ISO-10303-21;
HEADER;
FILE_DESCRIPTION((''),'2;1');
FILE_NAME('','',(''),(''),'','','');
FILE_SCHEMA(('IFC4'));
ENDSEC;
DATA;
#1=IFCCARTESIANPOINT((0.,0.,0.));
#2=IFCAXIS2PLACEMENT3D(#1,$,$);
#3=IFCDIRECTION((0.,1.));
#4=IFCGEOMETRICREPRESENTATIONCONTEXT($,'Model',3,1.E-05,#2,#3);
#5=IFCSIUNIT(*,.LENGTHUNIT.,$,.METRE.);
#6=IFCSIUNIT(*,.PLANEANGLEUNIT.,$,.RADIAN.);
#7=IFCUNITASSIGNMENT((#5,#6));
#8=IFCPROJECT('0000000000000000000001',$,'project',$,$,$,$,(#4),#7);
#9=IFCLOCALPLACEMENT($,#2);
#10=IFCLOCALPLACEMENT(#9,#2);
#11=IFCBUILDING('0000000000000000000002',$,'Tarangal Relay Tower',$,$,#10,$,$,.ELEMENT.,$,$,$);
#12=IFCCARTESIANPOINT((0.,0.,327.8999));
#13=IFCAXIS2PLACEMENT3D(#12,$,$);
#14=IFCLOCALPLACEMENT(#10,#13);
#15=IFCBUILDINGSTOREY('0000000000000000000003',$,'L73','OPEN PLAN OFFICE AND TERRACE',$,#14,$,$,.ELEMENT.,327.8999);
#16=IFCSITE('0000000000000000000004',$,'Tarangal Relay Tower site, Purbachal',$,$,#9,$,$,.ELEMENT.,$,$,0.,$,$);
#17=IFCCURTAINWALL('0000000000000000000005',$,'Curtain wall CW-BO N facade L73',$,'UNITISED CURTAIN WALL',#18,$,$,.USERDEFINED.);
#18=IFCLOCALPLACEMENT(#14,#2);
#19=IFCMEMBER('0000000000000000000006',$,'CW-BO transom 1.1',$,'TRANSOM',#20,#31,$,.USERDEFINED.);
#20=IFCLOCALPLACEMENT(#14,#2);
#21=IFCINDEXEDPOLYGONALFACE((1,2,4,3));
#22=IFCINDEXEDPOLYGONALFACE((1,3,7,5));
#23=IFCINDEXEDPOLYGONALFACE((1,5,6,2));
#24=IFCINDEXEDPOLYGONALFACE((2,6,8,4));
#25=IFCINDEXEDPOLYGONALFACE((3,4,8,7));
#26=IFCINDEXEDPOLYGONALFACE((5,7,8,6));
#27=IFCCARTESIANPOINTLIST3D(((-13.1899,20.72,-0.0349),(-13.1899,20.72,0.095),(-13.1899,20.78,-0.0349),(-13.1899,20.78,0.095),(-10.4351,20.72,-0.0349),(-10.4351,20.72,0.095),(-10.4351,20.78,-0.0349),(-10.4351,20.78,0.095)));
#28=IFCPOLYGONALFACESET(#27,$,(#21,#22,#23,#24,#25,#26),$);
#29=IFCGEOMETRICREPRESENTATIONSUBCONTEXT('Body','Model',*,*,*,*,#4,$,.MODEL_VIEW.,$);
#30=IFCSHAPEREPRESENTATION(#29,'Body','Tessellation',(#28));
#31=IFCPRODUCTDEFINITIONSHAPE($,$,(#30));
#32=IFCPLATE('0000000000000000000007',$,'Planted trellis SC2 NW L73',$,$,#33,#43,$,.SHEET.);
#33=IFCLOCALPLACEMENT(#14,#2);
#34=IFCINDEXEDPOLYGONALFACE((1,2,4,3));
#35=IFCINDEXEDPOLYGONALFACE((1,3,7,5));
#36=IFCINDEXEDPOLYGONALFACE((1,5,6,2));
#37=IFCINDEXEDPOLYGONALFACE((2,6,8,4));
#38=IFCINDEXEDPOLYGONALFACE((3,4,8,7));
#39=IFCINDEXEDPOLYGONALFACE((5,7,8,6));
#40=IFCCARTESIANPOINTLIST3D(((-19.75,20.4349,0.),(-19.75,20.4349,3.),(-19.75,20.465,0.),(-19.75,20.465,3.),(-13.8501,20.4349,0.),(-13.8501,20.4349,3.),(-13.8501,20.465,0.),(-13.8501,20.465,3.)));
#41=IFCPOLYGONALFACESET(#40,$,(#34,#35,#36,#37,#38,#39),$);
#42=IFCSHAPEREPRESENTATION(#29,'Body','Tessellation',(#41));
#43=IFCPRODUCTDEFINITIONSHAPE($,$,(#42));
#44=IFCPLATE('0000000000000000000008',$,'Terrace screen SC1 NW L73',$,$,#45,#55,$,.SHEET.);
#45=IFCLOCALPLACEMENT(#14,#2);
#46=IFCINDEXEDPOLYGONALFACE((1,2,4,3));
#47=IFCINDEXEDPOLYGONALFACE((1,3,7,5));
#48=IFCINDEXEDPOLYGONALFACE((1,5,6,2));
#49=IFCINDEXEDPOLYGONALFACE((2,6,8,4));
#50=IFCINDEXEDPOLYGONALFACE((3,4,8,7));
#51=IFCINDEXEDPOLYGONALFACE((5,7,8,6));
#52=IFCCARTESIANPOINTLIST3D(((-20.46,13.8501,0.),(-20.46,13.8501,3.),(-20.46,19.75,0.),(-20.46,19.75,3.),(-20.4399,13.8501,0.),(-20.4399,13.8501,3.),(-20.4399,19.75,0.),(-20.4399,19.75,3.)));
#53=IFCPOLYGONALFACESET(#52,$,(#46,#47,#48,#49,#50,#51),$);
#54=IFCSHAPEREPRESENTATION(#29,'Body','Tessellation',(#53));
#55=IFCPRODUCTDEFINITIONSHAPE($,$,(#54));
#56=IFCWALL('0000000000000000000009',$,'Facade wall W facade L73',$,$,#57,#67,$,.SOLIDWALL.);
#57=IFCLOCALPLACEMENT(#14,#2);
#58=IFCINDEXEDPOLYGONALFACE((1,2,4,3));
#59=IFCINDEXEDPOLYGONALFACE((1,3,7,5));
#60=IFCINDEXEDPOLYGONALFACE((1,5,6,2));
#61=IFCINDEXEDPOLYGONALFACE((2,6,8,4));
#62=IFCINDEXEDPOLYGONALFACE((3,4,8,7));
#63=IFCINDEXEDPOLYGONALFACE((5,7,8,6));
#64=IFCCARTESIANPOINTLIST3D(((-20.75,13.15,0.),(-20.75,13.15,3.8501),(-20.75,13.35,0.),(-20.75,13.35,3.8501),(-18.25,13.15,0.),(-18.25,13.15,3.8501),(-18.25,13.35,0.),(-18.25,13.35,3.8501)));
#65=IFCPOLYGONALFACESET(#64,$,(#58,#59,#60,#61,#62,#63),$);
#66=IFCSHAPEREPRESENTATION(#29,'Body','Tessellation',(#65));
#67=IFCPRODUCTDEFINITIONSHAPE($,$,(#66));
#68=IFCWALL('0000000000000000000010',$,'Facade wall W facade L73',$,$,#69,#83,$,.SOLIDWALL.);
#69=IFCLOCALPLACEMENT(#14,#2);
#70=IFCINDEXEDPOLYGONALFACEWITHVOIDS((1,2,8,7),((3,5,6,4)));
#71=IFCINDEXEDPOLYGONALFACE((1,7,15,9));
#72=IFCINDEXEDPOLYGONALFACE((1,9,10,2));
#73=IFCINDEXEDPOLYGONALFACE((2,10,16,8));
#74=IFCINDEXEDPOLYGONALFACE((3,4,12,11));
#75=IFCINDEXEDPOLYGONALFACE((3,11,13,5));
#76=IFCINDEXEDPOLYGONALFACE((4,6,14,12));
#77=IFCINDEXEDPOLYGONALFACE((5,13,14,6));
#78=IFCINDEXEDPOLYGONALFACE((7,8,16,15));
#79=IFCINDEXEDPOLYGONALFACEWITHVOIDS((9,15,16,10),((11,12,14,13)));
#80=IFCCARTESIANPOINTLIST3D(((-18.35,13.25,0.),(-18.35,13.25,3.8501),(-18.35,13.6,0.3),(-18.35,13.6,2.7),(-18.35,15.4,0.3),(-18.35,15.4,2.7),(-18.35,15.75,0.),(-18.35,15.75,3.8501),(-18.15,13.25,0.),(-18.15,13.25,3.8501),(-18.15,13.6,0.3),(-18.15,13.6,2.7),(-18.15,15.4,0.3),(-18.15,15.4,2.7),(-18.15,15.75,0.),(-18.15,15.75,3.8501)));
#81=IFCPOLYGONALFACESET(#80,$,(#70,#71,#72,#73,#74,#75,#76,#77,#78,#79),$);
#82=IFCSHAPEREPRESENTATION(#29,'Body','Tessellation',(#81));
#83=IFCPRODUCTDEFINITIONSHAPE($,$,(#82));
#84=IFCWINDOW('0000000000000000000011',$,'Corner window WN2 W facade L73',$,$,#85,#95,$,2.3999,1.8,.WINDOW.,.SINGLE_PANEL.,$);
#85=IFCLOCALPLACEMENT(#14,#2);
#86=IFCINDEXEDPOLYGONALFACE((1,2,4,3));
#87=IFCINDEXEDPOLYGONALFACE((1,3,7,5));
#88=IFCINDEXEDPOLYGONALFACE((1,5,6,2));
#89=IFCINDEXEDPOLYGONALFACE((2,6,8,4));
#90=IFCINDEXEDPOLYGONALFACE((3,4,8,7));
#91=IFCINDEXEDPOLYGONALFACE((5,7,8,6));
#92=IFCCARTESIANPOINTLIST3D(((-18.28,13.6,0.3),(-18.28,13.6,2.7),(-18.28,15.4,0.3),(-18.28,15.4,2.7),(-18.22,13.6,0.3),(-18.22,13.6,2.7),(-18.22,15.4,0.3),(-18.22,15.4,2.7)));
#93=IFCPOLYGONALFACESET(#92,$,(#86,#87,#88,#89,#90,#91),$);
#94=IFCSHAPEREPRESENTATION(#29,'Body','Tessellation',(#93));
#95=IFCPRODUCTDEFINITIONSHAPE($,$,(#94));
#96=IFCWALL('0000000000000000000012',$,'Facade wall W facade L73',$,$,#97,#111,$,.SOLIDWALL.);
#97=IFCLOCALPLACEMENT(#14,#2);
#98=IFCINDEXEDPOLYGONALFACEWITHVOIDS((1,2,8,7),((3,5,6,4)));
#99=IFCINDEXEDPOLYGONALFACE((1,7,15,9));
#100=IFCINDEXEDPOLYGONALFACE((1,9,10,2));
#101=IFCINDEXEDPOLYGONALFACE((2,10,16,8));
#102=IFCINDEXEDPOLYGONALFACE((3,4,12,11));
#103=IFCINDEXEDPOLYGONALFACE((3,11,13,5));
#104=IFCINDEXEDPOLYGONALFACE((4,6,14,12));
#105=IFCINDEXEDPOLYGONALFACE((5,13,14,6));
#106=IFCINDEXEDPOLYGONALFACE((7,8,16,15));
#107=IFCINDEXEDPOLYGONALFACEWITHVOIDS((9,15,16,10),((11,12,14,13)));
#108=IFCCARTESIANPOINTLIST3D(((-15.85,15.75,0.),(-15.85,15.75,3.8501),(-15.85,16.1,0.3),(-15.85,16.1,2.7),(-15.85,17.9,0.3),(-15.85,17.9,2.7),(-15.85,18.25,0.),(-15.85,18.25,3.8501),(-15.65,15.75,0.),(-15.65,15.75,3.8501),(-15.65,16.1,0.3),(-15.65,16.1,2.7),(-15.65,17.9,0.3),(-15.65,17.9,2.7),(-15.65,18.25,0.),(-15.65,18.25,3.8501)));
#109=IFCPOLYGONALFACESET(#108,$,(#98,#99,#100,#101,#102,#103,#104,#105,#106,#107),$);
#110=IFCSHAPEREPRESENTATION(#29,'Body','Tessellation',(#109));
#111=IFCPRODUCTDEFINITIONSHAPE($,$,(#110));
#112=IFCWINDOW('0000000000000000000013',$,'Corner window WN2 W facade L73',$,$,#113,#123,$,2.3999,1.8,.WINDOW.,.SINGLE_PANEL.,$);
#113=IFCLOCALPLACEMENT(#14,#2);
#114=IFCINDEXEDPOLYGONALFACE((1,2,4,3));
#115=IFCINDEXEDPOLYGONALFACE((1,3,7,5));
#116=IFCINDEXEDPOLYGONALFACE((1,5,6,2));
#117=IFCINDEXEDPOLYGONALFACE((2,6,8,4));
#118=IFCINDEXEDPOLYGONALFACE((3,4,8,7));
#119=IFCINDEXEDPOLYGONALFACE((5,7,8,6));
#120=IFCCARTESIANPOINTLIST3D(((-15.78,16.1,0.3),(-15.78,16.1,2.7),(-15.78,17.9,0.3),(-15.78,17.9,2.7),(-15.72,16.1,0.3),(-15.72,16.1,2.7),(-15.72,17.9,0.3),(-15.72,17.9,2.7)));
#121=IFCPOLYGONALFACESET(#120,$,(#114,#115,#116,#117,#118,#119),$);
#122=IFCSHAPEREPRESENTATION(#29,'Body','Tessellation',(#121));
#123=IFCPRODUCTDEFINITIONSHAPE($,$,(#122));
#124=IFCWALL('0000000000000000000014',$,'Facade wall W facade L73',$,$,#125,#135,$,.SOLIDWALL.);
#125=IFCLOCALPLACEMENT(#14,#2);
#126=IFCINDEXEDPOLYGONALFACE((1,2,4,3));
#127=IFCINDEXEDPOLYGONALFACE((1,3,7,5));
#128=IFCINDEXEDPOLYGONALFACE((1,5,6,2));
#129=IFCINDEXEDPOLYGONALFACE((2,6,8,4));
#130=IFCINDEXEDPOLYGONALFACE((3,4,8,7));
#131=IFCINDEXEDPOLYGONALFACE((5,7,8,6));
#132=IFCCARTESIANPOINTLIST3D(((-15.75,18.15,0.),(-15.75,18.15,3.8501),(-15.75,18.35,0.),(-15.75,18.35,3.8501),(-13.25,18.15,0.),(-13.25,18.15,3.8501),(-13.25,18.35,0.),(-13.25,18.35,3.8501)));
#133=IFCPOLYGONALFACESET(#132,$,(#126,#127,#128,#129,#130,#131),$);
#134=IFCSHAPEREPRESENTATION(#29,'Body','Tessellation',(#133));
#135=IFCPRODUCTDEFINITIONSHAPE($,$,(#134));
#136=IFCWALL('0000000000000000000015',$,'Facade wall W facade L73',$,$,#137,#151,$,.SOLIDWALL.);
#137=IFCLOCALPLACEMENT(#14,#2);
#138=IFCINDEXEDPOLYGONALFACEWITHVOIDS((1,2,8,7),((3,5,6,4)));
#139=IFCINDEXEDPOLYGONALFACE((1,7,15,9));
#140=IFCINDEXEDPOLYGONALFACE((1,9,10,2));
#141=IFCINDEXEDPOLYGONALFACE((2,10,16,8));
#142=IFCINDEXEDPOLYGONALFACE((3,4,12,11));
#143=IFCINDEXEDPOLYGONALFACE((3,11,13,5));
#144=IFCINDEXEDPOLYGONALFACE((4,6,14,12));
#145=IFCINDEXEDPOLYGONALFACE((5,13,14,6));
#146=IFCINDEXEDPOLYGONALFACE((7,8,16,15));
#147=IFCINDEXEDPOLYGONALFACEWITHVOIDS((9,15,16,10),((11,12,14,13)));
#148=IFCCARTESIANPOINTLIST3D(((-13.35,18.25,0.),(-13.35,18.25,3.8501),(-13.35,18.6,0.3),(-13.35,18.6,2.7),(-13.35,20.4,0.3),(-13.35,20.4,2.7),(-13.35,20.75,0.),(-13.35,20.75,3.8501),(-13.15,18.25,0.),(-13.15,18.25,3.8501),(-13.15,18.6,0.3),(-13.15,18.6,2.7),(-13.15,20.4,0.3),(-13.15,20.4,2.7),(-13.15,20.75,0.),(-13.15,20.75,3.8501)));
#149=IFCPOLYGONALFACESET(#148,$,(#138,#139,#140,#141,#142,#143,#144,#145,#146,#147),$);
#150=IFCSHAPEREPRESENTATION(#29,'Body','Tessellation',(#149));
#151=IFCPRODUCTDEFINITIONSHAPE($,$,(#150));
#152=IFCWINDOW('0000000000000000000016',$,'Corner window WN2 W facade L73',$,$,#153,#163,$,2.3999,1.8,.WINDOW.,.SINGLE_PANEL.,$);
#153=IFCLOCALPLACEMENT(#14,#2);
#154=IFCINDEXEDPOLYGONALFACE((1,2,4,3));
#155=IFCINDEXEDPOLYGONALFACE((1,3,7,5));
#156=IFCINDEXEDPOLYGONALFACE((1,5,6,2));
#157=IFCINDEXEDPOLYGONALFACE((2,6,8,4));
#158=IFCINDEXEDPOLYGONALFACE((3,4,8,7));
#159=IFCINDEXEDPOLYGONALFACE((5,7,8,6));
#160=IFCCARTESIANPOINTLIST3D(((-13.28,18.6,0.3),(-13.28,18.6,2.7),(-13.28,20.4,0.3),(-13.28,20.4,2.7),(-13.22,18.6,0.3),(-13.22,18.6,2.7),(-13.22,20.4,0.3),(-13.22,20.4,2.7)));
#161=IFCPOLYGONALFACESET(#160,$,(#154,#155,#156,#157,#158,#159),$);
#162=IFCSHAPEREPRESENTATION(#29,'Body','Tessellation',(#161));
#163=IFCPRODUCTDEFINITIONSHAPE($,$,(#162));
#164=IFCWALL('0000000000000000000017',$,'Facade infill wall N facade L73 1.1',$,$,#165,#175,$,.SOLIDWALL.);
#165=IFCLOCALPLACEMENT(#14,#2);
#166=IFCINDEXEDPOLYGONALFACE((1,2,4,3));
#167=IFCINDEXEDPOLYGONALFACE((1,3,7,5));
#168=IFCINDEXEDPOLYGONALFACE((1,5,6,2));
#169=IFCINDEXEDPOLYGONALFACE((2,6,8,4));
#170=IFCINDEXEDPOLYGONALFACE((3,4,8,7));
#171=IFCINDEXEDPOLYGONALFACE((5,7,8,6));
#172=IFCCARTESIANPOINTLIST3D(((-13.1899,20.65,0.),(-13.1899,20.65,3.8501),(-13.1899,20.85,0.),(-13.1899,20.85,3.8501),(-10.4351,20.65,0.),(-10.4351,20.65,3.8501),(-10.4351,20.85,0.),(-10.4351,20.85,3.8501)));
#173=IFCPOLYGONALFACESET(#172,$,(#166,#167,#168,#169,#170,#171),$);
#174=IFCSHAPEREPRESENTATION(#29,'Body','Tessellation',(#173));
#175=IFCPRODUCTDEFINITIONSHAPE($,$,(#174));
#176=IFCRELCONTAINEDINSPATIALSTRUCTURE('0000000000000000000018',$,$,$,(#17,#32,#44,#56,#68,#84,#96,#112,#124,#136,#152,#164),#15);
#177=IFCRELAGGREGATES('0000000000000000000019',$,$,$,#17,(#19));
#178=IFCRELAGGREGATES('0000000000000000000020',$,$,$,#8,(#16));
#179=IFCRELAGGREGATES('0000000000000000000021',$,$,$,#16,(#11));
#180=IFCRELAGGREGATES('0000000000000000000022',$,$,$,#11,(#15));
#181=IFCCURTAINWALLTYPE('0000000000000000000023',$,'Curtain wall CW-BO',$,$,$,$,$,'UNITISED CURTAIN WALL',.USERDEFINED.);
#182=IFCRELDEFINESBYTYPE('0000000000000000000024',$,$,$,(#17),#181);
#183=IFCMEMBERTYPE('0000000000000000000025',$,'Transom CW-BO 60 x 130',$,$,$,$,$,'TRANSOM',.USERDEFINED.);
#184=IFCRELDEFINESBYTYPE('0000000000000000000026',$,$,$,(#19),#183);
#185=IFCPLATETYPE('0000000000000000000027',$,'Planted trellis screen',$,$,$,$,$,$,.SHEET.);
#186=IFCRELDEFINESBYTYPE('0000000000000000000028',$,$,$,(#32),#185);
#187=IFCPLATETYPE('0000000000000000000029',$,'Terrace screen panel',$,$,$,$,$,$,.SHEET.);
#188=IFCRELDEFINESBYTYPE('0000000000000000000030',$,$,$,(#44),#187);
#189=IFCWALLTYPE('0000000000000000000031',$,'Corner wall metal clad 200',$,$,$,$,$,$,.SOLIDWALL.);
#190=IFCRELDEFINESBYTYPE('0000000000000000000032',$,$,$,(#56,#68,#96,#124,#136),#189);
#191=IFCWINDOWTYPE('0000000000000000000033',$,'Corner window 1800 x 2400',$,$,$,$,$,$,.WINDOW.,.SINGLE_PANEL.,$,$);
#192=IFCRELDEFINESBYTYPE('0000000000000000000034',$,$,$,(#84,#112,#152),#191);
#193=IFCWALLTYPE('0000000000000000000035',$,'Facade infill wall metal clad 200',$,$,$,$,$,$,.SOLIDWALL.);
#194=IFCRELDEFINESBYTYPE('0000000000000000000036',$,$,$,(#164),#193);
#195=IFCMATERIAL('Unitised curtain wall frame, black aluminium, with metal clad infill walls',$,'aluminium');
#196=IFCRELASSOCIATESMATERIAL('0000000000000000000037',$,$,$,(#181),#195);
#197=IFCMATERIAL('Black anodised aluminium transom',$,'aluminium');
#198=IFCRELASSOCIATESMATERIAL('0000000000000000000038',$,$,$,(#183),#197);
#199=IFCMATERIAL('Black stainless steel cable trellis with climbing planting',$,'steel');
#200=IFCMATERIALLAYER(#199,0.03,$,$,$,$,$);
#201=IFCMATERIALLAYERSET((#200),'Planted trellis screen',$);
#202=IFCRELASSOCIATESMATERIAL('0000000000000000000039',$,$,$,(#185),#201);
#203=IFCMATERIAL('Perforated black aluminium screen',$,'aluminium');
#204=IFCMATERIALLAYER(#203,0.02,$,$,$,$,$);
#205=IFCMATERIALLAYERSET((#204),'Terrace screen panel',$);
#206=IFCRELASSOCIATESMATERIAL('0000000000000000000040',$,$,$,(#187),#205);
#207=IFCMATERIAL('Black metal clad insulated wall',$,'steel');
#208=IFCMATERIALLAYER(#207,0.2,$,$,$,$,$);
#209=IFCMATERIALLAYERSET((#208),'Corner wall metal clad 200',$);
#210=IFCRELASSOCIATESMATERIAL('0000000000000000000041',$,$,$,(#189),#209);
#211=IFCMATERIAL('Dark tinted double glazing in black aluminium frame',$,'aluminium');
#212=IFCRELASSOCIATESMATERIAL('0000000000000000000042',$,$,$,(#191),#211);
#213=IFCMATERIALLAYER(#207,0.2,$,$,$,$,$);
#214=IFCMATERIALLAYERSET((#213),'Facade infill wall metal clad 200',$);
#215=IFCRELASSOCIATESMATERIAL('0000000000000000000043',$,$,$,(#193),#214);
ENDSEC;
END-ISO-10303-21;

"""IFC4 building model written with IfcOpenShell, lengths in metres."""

from ifc_helpers import new_model, si_unit, direction, frame, frame_2d, origin, origin_2d, place, context, subcontext, project, spatial, rectangle, extrude, material, layer, layer_set, material_profile, profile_set, type_object, element, fill, aggregate, save


model = new_model("IFC4")

# Units and contexts
model_context = context("Model", 3, precision=1e-05, world=origin(), true_north=direction((0.0, 1.0)))
body_context = subcontext(model_context, "Body", "Model", "MODEL_VIEW")
ifc_project = project(units=[si_unit("LENGTHUNIT", "METRE"), si_unit("PLANEANGLEUNIT", "RADIAN")], contexts=[model_context])

# Site, building, storey
site_placement = place(None, origin())
site = spatial("IfcSite", under=ifc_project, at=site_placement, Name="Tarangal Relay Tower site, Purbachal", CompositionType="ELEMENT", RefElevation=0.0)
building_placement = place(site_placement, origin())
building = spatial("IfcBuilding", under=site, at=building_placement, Name="Tarangal Relay Tower", CompositionType="ELEMENT")
storey_placement = place(building_placement, frame((0.0, 0.0, 327.8999)))
storey = spatial("IfcBuildingStorey", under=building, at=storey_placement, Name="L73", Description="OPEN PLAN OFFICE AND TERRACE", CompositionType="ELEMENT", Elevation=327.8999)

# Curtain wall
ifc_material_1 = material(Name="Unitised curtain wall frame, black aluminium, with metal clad infill walls", Category="aluminium")
curtain_wall_type = type_object("IfcCurtainWallType", Name="Curtain wall CW-BO", ElementType="UNITISED CURTAIN WALL", PredefinedType="USERDEFINED", material=ifc_material_1)
curtain_wall_1_placement = place(storey_placement, origin())
curtain_wall_1 = element("IfcCurtainWall", 1, at=curtain_wall_1_placement, inside=storey, type_object=curtain_wall_type, Name="Curtain wall CW-BO N facade L73", ObjectType="UNITISED CURTAIN WALL", PredefinedType="USERDEFINED")

# Member
ifc_material_2 = material(Name="Black anodised aluminium transom", Category="aluminium")
ifc_material_profile_1 = material_profile(ifc_material_2, rectangle(XDim=0.0601, YDim=0.1299, at=origin_2d()), Name="CW-BOT 60X130")
ifc_profile_set_1 = profile_set([ifc_material_profile_1], Name="Black anodised aluminium transom")
member_type_1 = type_object("IfcMemberType", Name="Transom CW-BO 60 x 130", ElementType="TRANSOM", PredefinedType="USERDEFINED", material=ifc_profile_set_1)
member_1_placement = place(storey_placement, frame((-13.1899, 20.75, 0.03), z_axis=(1.0, 0.0, 0.0), x_axis=(0.0, 1.0, 0.0)))
member_1 = element("IfcMember", 2, at=member_1_placement, type_object=member_type_1, Name="CW-BO transom 1.1", ObjectType="TRANSOM", PredefinedType="USERDEFINED", context=body_context, shape_type="SweptSolid", body=[
    extrude(rectangle(XDim=0.0601, YDim=0.1299, at=origin_2d()), origin(), (0.0, 0.0, 1.0), 2.7549),
])
aggregate(curtain_wall_1, [member_1])

# Plates
ifc_material_3 = material(Name="Black stainless steel cable trellis with climbing planting", Category="steel")
ifc_layer_1 = layer(ifc_material_3, 0.03)
ifc_layer_set_1 = layer_set([ifc_layer_1], Name="Planted trellis screen")
plate_type_1 = type_object("IfcPlateType", Name="Planted trellis screen", PredefinedType="SHEET", material=ifc_layer_set_1)
plate_1_placement = place(storey_placement, frame((-16.8, 20.45, 0.0), z_axis=(0.0, 0.0, 1.0), x_axis=(1.0, 0.0, 0.0)))
element("IfcPlate", 3, at=plate_1_placement, inside=storey, type_object=plate_type_1, Name="Planted trellis SC2 NW L73", PredefinedType="SHEET", context=body_context, shape_type="SweptSolid", body=[
    extrude(rectangle(XDim=5.8999, YDim=0.03, at=origin_2d()), origin(), (0.0, 0.0, 1.0), 3.0),
])
ifc_material_4 = material(Name="Perforated black aluminium screen", Category="aluminium")
ifc_layer_2 = layer(ifc_material_4, 0.02)
ifc_layer_set_2 = layer_set([ifc_layer_2], Name="Terrace screen panel")
plate_type_2 = type_object("IfcPlateType", Name="Terrace screen panel", PredefinedType="SHEET", material=ifc_layer_set_2)
plate_2_placement = place(storey_placement, frame((-20.45, 16.8, 0.0), z_axis=(0.0, 0.0, 1.0), x_axis=(0.0, 1.0, 0.0)))
element("IfcPlate", 4, at=plate_2_placement, inside=storey, type_object=plate_type_2, Name="Terrace screen SC1 NW L73", PredefinedType="SHEET", context=body_context, shape_type="SweptSolid", body=[
    extrude(rectangle(XDim=5.8999, YDim=0.02, at=origin_2d()), origin(), (0.0, 0.0, 1.0), 3.0),
])

# Wall
ifc_material_5 = material(Name="Black metal clad insulated wall", Category="steel")
ifc_layer_3 = layer(ifc_material_5, 0.2)
ifc_layer_set_3 = layer_set([ifc_layer_3], Name="Corner wall metal clad 200")
wall_type_1 = type_object("IfcWallType", Name="Corner wall metal clad 200", PredefinedType="SOLIDWALL", material=ifc_layer_set_3)
wall_1_placement = place(storey_placement, frame((-20.75, 13.25, 0.0), z_axis=(0.0, 0.0, 1.0), x_axis=(1.0, 0.0, 0.0)))
element("IfcWall", 5, at=wall_1_placement, inside=storey, type_object=wall_type_1, Name="Facade wall W facade L73", PredefinedType="SOLIDWALL", context=body_context, shape_type="SweptSolid", body=[
    extrude(rectangle(XDim=2.5, YDim=0.2, at=frame_2d((1.25, 0.0))), origin(), (0.0, 0.0, 1.0), 3.8501),
])

# Wall, opening, window
wall_2_placement = place(storey_placement, frame((-18.25, 13.25, 0.0), z_axis=(0.0, 0.0, 1.0), x_axis=(0.0, 1.0, 0.0)))
wall_2 = element("IfcWall", 6, at=wall_2_placement, inside=storey, type_object=wall_type_1, Name="Facade wall W facade L73", PredefinedType="SOLIDWALL", context=body_context, shape_type="SweptSolid", body=[
    extrude(rectangle(XDim=2.5, YDim=0.2, at=frame_2d((1.25, 0.0))), origin(), (0.0, 0.0, 1.0), 3.8501),
])
opening_1_placement = place(wall_2_placement, frame((0.3501, 0.0, 0.3)))
opening_1 = element("IfcOpeningElement", 7, at=opening_1_placement, cuts=wall_2, PredefinedType="OPENING", context=body_context, shape_type="SweptSolid", body=[
    extrude(rectangle(XDim=1.8, YDim=2.3999, at=frame_2d((0.8999, 1.2))), frame((0.0, 0.1099, 0.0), z_axis=(0.0, -1.0, 0.0), x_axis=(1.0, 0.0, 0.0)), (0.0, 0.0, 1.0), 0.22),
])
ifc_material_6 = material(Name="Dark tinted double glazing in black aluminium frame", Category="aluminium")
window_type = type_object("IfcWindowType", Name="Corner window 1800 x 2400", PartitioningType="SINGLE_PANEL", PredefinedType="WINDOW", material=ifc_material_6)
window_1_placement = place(opening_1_placement, origin())
window_1 = element("IfcWindow", 8, at=window_1_placement, inside=storey, type_object=window_type, Name="Corner window WN2 W facade L73", OverallHeight=2.3999, OverallWidth=1.8, PartitioningType="SINGLE_PANEL", PredefinedType="WINDOW", context=body_context, shape_type="SweptSolid", body=[
    extrude(rectangle(XDim=1.8, YDim=2.3999, at=frame_2d((0.8999, 1.2))), frame((0.0, 0.03, 0.0), z_axis=(0.0, -1.0, 0.0), x_axis=(1.0, 0.0, 0.0)), (0.0, 0.0, 1.0), 0.0601),
])
fill(opening_1, window_1)

# Wall, opening, window
wall_3_placement = place(storey_placement, frame((-15.75, 15.75, 0.0), z_axis=(0.0, 0.0, 1.0), x_axis=(0.0, 1.0, 0.0)))
wall_3 = element("IfcWall", 9, at=wall_3_placement, inside=storey, type_object=wall_type_1, Name="Facade wall W facade L73", PredefinedType="SOLIDWALL", context=body_context, shape_type="SweptSolid", body=[
    extrude(rectangle(XDim=2.5, YDim=0.2, at=frame_2d((1.25, 0.0))), origin(), (0.0, 0.0, 1.0), 3.8501),
])
opening_2_placement = place(wall_3_placement, frame((0.3501, 0.0, 0.3)))
opening_2 = element("IfcOpeningElement", 10, at=opening_2_placement, cuts=wall_3, PredefinedType="OPENING", context=body_context, shape_type="SweptSolid", body=[
    extrude(rectangle(XDim=1.8, YDim=2.3999, at=frame_2d((0.8999, 1.2))), frame((0.0, 0.1099, 0.0), z_axis=(0.0, -1.0, 0.0), x_axis=(1.0, 0.0, 0.0)), (0.0, 0.0, 1.0), 0.22),
])
window_2_placement = place(opening_2_placement, origin())
window_2 = element("IfcWindow", 11, at=window_2_placement, inside=storey, type_object=window_type, Name="Corner window WN2 W facade L73", OverallHeight=2.3999, OverallWidth=1.8, PartitioningType="SINGLE_PANEL", PredefinedType="WINDOW", context=body_context, shape_type="SweptSolid", body=[
    extrude(rectangle(XDim=1.8, YDim=2.3999, at=frame_2d((0.8999, 1.2))), frame((0.0, 0.03, 0.0), z_axis=(0.0, -1.0, 0.0), x_axis=(1.0, 0.0, 0.0)), (0.0, 0.0, 1.0), 0.0601),
])
fill(opening_2, window_2)

# Wall
wall_4_placement = place(storey_placement, frame((-15.75, 18.25, 0.0), z_axis=(0.0, 0.0, 1.0), x_axis=(1.0, 0.0, 0.0)))
element("IfcWall", 12, at=wall_4_placement, inside=storey, type_object=wall_type_1, Name="Facade wall W facade L73", PredefinedType="SOLIDWALL", context=body_context, shape_type="SweptSolid", body=[
    extrude(rectangle(XDim=2.5, YDim=0.2, at=frame_2d((1.25, 0.0))), origin(), (0.0, 0.0, 1.0), 3.8501),
])

# Wall, opening, window
wall_5_placement = place(storey_placement, frame((-13.25, 18.25, 0.0), z_axis=(0.0, 0.0, 1.0), x_axis=(0.0, 1.0, 0.0)))
wall_5 = element("IfcWall", 13, at=wall_5_placement, inside=storey, type_object=wall_type_1, Name="Facade wall W facade L73", PredefinedType="SOLIDWALL", context=body_context, shape_type="SweptSolid", body=[
    extrude(rectangle(XDim=2.5, YDim=0.2, at=frame_2d((1.25, 0.0))), origin(), (0.0, 0.0, 1.0), 3.8501),
])
opening_3_placement = place(wall_5_placement, frame((0.3501, 0.0, 0.3)))
opening_3 = element("IfcOpeningElement", 14, at=opening_3_placement, cuts=wall_5, PredefinedType="OPENING", context=body_context, shape_type="SweptSolid", body=[
    extrude(rectangle(XDim=1.8, YDim=2.3999, at=frame_2d((0.8999, 1.2))), frame((0.0, 0.1099, 0.0), z_axis=(0.0, -1.0, 0.0), x_axis=(1.0, 0.0, 0.0)), (0.0, 0.0, 1.0), 0.22),
])
window_3_placement = place(opening_3_placement, origin())
window_3 = element("IfcWindow", 15, at=window_3_placement, inside=storey, type_object=window_type, Name="Corner window WN2 W facade L73", OverallHeight=2.3999, OverallWidth=1.8, PartitioningType="SINGLE_PANEL", PredefinedType="WINDOW", context=body_context, shape_type="SweptSolid", body=[
    extrude(rectangle(XDim=1.8, YDim=2.3999, at=frame_2d((0.8999, 1.2))), frame((0.0, 0.03, 0.0), z_axis=(0.0, -1.0, 0.0), x_axis=(1.0, 0.0, 0.0)), (0.0, 0.0, 1.0), 0.0601),
])
fill(opening_3, window_3)

# Wall
ifc_layer_4 = layer(ifc_material_5, 0.2)
ifc_layer_set_4 = layer_set([ifc_layer_4], Name="Facade infill wall metal clad 200")
wall_type_2 = type_object("IfcWallType", Name="Facade infill wall metal clad 200", PredefinedType="SOLIDWALL", material=ifc_layer_set_4)
for number, where, z_axis, x_axis, name in (
    (16, (-13.1899, 20.75, 0.0), (0.0, 0.0, 1.0), (1.0, 0.0, 0.0), "Facade infill wall N facade L73 1.1"),
):
    element("IfcWall", number, at=place(storey_placement, frame(where, z_axis=z_axis, x_axis=x_axis)), inside=storey, type_object=wall_type_2, Name=name, PredefinedType="SOLIDWALL", context=body_context, shape_type="SweptSolid", body=[
        extrude(rectangle(XDim=2.7549, YDim=0.2, at=frame_2d((1.3774, 0.0))), origin(), (0.0, 0.0, 1.0), 3.8501),
    ])

save(model, "model.ifc")
